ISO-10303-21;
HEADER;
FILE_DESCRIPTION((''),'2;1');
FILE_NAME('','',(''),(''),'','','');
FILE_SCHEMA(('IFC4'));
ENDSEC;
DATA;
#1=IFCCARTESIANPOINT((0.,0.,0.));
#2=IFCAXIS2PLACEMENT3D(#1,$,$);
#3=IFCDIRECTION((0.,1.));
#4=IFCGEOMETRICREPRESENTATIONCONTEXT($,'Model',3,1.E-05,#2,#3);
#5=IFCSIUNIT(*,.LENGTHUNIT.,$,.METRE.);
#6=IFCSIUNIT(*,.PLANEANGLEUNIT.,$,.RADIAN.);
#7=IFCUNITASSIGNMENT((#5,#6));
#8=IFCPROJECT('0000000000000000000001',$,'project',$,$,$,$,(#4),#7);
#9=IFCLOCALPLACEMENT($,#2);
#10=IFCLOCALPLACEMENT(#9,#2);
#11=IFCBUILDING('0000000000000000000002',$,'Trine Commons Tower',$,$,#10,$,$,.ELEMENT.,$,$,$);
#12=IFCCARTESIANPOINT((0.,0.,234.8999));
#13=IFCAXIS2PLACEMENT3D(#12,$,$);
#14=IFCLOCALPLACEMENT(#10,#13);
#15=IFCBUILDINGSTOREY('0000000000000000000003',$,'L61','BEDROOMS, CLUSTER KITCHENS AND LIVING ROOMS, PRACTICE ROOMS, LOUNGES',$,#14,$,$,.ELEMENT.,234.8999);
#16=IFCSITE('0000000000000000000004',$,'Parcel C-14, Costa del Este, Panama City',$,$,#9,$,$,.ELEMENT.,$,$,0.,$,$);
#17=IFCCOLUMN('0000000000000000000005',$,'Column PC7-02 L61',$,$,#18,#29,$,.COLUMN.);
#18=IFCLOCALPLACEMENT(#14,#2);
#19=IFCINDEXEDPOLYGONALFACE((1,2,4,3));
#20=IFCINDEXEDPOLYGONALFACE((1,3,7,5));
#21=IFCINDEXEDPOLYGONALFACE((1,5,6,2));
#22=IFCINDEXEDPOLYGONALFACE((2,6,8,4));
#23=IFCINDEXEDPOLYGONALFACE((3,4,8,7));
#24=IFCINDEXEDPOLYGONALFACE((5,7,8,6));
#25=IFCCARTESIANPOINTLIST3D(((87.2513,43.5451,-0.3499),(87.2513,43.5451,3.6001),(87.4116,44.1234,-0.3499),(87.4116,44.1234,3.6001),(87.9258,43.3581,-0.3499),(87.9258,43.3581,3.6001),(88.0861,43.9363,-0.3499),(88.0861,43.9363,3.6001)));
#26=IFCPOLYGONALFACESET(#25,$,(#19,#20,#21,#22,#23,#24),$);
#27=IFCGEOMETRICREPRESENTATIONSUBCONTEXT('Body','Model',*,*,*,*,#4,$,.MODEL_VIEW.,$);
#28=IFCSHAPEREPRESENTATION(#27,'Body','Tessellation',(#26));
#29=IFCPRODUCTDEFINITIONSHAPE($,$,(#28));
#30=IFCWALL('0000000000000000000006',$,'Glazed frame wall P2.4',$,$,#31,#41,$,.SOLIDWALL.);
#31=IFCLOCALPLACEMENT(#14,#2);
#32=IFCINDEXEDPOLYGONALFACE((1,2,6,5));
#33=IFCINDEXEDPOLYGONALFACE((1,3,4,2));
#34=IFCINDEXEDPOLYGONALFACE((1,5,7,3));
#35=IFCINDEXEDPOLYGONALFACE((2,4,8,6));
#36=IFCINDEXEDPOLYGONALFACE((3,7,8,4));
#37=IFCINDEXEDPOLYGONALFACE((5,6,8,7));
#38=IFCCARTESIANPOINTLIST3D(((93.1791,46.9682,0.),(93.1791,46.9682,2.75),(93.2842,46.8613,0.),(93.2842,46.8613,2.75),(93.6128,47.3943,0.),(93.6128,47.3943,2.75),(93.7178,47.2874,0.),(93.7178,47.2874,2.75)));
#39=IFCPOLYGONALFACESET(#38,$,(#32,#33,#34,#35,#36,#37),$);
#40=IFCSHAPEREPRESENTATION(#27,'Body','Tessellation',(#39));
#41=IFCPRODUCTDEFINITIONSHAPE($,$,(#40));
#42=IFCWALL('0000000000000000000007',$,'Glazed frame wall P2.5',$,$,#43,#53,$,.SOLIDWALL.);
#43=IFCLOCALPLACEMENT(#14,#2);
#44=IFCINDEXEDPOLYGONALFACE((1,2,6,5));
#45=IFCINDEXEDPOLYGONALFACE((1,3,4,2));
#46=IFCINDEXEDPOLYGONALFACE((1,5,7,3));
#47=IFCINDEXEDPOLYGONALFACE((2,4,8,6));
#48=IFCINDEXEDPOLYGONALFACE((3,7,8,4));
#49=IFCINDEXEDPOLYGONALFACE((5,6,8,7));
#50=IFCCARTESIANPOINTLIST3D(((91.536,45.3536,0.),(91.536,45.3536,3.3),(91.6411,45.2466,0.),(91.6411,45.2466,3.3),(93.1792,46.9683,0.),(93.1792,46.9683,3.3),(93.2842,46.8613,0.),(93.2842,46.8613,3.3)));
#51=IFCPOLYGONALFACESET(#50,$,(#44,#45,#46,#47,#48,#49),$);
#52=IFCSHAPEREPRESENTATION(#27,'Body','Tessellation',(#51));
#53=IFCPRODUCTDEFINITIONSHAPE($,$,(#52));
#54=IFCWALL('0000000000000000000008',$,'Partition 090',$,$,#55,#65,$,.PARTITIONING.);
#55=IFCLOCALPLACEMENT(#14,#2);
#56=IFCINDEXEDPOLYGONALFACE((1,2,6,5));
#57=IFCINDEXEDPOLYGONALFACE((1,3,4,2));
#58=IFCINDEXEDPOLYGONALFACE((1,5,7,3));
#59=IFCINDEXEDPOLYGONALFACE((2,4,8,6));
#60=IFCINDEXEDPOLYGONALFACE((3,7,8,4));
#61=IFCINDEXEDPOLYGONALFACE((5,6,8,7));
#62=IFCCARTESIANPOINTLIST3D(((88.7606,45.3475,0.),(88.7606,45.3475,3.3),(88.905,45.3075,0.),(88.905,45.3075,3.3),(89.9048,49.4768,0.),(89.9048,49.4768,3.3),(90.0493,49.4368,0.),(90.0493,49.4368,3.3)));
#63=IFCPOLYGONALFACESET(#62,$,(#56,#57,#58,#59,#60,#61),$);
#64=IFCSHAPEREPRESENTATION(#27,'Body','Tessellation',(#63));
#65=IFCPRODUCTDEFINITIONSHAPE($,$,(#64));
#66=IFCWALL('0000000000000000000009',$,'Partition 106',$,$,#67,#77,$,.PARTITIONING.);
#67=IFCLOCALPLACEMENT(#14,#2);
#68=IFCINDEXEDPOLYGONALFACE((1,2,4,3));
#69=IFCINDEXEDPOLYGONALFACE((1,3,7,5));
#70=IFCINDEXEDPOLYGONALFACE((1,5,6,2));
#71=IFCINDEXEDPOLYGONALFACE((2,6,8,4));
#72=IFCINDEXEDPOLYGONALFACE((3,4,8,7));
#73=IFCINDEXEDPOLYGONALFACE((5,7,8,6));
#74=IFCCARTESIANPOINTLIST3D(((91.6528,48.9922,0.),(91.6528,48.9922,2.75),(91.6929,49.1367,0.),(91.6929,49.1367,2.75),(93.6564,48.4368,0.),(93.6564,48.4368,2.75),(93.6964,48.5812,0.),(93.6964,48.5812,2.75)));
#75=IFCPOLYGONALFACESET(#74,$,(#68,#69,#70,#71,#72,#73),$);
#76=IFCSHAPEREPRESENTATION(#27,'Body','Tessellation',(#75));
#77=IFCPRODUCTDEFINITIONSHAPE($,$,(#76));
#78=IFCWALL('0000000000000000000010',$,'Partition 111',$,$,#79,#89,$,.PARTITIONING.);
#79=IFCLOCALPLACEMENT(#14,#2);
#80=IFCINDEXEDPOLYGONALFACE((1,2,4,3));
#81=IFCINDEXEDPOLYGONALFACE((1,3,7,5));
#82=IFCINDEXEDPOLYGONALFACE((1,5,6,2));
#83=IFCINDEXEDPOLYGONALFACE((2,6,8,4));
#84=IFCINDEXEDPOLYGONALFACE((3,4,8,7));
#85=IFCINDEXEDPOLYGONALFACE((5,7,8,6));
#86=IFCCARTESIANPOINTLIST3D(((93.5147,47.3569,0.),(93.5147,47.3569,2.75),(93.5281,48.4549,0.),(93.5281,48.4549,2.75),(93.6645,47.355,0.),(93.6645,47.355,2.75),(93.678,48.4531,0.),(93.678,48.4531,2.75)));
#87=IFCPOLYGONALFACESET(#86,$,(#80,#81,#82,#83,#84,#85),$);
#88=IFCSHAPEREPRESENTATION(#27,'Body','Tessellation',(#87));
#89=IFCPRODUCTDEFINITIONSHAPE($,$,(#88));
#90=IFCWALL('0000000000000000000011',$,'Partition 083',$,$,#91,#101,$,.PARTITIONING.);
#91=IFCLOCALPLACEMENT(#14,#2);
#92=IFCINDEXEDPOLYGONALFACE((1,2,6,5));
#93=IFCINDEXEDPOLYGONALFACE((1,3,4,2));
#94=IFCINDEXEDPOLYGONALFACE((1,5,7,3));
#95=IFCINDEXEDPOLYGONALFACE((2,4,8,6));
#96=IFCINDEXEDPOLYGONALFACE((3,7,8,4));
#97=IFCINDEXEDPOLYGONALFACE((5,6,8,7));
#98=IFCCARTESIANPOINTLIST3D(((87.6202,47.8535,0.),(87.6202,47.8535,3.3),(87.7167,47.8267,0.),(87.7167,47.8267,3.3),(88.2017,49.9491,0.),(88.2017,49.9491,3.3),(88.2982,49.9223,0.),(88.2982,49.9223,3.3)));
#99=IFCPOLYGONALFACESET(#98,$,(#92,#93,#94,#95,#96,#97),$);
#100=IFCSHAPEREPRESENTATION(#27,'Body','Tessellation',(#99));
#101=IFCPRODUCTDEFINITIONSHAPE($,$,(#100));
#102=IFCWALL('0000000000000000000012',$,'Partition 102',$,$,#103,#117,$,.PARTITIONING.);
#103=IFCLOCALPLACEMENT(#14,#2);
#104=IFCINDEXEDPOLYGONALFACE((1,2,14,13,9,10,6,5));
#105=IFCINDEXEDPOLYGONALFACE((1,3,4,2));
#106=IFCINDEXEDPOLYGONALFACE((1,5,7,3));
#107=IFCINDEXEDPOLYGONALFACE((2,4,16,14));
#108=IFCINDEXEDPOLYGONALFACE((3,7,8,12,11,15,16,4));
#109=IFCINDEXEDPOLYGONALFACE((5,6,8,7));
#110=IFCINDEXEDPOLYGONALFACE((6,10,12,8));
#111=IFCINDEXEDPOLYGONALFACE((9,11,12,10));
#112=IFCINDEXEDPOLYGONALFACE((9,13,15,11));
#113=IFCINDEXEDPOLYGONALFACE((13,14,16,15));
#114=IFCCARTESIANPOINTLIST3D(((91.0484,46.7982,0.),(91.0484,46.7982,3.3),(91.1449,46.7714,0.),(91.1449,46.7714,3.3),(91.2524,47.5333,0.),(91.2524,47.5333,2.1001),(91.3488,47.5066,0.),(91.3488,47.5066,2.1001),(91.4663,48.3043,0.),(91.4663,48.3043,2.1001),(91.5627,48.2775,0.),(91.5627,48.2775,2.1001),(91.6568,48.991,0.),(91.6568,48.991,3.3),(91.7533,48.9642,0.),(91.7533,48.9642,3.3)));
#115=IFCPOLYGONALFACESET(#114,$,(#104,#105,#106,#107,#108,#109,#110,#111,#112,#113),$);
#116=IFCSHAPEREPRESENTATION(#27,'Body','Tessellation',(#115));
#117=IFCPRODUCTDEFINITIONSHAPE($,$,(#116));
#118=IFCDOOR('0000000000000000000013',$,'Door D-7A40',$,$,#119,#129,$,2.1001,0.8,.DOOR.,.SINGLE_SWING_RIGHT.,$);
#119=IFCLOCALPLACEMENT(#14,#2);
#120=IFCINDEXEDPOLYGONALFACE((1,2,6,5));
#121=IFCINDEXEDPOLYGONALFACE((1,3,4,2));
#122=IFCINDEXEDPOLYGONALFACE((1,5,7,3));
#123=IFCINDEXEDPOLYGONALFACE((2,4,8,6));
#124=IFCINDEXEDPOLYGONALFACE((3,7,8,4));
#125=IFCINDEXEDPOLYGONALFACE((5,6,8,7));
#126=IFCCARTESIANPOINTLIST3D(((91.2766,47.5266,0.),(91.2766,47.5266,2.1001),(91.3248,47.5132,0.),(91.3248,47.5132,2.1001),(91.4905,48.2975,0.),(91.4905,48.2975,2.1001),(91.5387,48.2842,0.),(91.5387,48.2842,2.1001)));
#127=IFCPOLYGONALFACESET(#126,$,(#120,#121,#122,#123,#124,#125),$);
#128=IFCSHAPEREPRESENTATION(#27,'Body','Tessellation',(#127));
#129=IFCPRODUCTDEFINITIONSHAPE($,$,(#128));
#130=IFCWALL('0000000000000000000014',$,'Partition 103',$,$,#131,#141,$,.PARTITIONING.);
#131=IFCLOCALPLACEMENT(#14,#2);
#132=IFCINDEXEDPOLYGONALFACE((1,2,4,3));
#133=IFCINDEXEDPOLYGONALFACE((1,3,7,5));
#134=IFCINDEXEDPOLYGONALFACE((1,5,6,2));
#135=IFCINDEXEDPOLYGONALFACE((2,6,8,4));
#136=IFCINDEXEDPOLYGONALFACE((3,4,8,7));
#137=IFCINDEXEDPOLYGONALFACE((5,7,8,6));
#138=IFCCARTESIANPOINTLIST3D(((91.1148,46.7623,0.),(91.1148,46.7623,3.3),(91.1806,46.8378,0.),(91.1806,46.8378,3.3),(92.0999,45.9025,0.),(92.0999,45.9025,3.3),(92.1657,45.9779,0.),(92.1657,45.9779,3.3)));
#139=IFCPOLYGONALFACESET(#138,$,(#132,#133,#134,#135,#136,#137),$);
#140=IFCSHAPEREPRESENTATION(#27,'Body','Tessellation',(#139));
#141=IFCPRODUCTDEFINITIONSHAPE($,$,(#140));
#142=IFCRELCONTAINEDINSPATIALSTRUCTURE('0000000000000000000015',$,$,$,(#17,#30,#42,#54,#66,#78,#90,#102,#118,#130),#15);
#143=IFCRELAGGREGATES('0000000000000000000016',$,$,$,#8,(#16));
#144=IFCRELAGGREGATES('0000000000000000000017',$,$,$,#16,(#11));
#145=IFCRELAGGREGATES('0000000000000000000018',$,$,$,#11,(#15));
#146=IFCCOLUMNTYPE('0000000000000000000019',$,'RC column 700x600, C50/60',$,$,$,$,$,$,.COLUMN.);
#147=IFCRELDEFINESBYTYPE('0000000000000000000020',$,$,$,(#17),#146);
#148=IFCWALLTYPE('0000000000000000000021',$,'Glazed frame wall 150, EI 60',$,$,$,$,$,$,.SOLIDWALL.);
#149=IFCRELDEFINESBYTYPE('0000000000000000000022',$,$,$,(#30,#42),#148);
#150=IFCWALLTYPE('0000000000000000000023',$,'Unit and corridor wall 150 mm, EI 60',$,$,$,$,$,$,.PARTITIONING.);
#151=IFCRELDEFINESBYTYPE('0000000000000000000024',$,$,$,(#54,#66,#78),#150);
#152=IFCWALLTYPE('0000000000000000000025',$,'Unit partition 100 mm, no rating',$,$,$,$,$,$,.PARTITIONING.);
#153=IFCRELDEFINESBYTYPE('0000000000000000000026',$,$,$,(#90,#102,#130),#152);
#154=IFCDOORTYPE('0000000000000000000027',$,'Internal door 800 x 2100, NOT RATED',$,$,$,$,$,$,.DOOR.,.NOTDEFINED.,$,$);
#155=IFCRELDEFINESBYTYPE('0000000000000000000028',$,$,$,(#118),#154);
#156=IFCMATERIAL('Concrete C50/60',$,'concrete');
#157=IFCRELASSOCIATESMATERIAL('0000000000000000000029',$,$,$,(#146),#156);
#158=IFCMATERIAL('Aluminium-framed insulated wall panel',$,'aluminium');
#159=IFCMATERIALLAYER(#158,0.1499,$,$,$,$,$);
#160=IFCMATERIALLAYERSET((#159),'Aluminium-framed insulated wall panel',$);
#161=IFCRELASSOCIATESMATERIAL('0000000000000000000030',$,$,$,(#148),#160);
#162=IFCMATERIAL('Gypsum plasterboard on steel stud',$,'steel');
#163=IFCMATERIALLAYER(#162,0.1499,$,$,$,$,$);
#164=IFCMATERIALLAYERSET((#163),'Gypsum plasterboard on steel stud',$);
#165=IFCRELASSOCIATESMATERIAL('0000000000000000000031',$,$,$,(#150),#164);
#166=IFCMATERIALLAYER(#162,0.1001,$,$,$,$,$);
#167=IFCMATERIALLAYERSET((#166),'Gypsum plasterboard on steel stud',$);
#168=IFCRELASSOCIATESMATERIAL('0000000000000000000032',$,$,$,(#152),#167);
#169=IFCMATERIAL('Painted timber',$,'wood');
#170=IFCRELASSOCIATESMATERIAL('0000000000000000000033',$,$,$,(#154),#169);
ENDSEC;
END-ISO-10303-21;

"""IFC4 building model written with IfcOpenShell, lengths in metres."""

from ifc_helpers import new_model, si_unit, direction, frame, frame_2d, origin, origin_2d, place, context, subcontext, project, spatial, polyline, rectangle, outline, extrude, material, layer, layer_set, material_profile, profile_set, type_object, element, fill, save


model = new_model("IFC4")

# Units and contexts
model_context = context("Model", 3, precision=1e-05, world=origin(), true_north=direction((0.0, 1.0)))
body_context = subcontext(model_context, "Body", "Model", "MODEL_VIEW")
ifc_project = project(units=[si_unit("LENGTHUNIT", "METRE"), si_unit("PLANEANGLEUNIT", "RADIAN")], contexts=[model_context])

# Site, building, storey
site_placement = place(None, origin())
site = spatial("IfcSite", under=ifc_project, at=site_placement, Name="Parcel C-14, Costa del Este, Panama City", CompositionType="ELEMENT", RefElevation=0.0)
building_placement = place(site_placement, origin())
building = spatial("IfcBuilding", under=site, at=building_placement, Name="Trine Commons Tower", CompositionType="ELEMENT")
storey_placement = place(building_placement, frame((0.0, 0.0, 234.8999)))
storey = spatial("IfcBuildingStorey", under=building, at=storey_placement, Name="L61", Description="BEDROOMS, CLUSTER KITCHENS AND LIVING ROOMS, PRACTICE ROOMS, LOUNGES", CompositionType="ELEMENT", Elevation=234.8999)

# Column
ifc_material_1 = material(Name="Concrete C50/60", Category="concrete")
ifc_material_profile = material_profile(ifc_material_1, rectangle(XDim=0.7, YDim=0.6001, at=origin_2d()), Name="RC 700x600")
ifc_profile_set = profile_set([ifc_material_profile], Name="Concrete C50/60")
column_type = type_object("IfcColumnType", Name="RC column 700x600, C50/60", PredefinedType="COLUMN", material=ifc_profile_set)
column_placement = place(storey_placement, frame((87.6687, 43.7407, -0.3499), z_axis=(0.0, 0.0, 1.0), x_axis=(-0.96363, 0.267238, 0.0)))
element("IfcColumn", 1, at=column_placement, inside=storey, type_object=column_type, Name="Column PC7-02 L61", PredefinedType="COLUMN", context=body_context, shape_type="SweptSolid", body=[
    extrude(rectangle(XDim=0.7, YDim=0.6001, at=origin_2d()), origin(), (0.0, 0.0, 1.0), 3.95),
])

# Walls
ifc_material_2 = material(Name="Aluminium-framed insulated wall panel", Category="aluminium")
ifc_layer_1 = layer(ifc_material_2, 0.1499)
ifc_layer_set_1 = layer_set([ifc_layer_1], Name="Aluminium-framed insulated wall panel")
wall_type_1 = type_object("IfcWallType", Name="Glazed frame wall 150, EI 60", PredefinedType="SOLIDWALL", material=ifc_layer_set_1)
wall_1_placement = place(storey_placement, frame((93.6653, 47.3408, 0.0), z_axis=(0.0, 0.0, 1.0), x_axis=(-0.713305, -0.700854, 0.0)))
element("IfcWall", 2, at=wall_1_placement, inside=storey, type_object=wall_type_1, Name="Glazed frame wall P2.4", PredefinedType="SOLIDWALL", context=body_context, shape_type="SweptSolid", body=[
    extrude(outline(polyline([(0.0, -0.075), (0.6079, -0.075), (0.6079, 0.075), (0.0, 0.075), (0.0, -0.075)])), origin(), (0.0, 0.0, 1.0), 2.75),
])
wall_2_placement = place(storey_placement, frame((93.2317, 46.9148, 0.0), z_axis=(0.0, 0.0, 1.0), x_axis=(-0.713249, -0.70091, 0.0)))
element("IfcWall", 3, at=wall_2_placement, inside=storey, type_object=wall_type_1, Name="Glazed frame wall P2.5", PredefinedType="SOLIDWALL", context=body_context, shape_type="SweptSolid", body=[
    extrude(outline(polyline([(2.3037, 0.075), (0.0, 0.075), (0.0, -0.075), (2.3037, -0.075), (2.3037, 0.075)])), origin(), (0.0, 0.0, 1.0), 3.3),
])

# Walls
ifc_material_3 = material(Name="Gypsum plasterboard on steel stud", Category="steel")
ifc_layer_2 = layer(ifc_material_3, 0.1499)
ifc_layer_set_2 = layer_set([ifc_layer_2], Name="Gypsum plasterboard on steel stud")
wall_type_2 = type_object("IfcWallType", Name="Unit and corridor wall 150 mm, EI 60", PredefinedType="PARTITIONING", material=ifc_layer_set_2)
wall_3_placement = place(storey_placement, frame((88.8328, 45.3274, 0.0), z_axis=(0.0, 0.0, 1.0), x_axis=(0.267044, 0.963684, 0.0)))
element("IfcWall", 4, at=wall_3_placement, inside=storey, type_object=wall_type_2, Name="Partition 090", PredefinedType="PARTITIONING", context=body_context, shape_type="SweptSolid", body=[
    extrude(rectangle(XDim=4.2849, YDim=0.1499, at=frame_2d((2.1426, 0.0))), origin(), (0.0, 0.0, 1.0), 3.3),
])
wall_4_placement = place(storey_placement, frame((91.6729, 49.0645, 0.0), z_axis=(0.0, 0.0, 1.0), x_axis=(0.963652, -0.267159, 0.0)))
element("IfcWall", 5, at=wall_4_placement, inside=storey, type_object=wall_type_2, Name="Partition 106", PredefinedType="PARTITIONING", context=body_context, shape_type="SweptSolid", body=[
    extrude(rectangle(XDim=2.0791, YDim=0.1499, at=frame_2d((1.0396, 0.0))), origin(), (0.0, 0.0, 1.0), 2.75),
])
wall_5_placement = place(storey_placement, frame((93.5896, 47.356, 0.0), z_axis=(0.0, 0.0, 1.0), x_axis=(0.012227, 0.999925, 0.0)))
element("IfcWall", 6, at=wall_5_placement, inside=storey, type_object=wall_type_2, Name="Partition 111", PredefinedType="PARTITIONING", context=body_context, shape_type="SweptSolid", body=[
    extrude(rectangle(XDim=1.0981, YDim=0.1499, at=frame_2d((0.5491, 0.0))), origin(), (0.0, 0.0, 1.0), 2.75),
])
ifc_layer_3 = layer(ifc_material_3, 0.1001)
ifc_layer_set_3 = layer_set([ifc_layer_3], Name="Gypsum plasterboard on steel stud")
wall_type_3 = type_object("IfcWallType", Name="Unit partition 100 mm, no rating", PredefinedType="PARTITIONING", material=ifc_layer_set_3)
wall_6_placement = place(storey_placement, frame((87.6685, 47.8401, 0.0), z_axis=(0.0, 0.0, 1.0), x_axis=(0.267389, 0.963589, 0.0)))
element("IfcWall", 7, at=wall_6_placement, inside=storey, type_object=wall_type_3, Name="Partition 083", PredefinedType="PARTITIONING", context=body_context, shape_type="SweptSolid", body=[
    extrude(rectangle(XDim=2.1748, YDim=0.1001, at=frame_2d((1.0874, 0.0))), origin(), (0.0, 0.0, 1.0), 3.3),
])

# Wall, opening, door
wall_7_placement = place(storey_placement, frame((91.0967, 46.7849, 0.0), z_axis=(0.0, 0.0, 1.0), x_axis=(0.267345, 0.963601, 0.0)))
wall_7 = element("IfcWall", 8, at=wall_7_placement, inside=storey, type_object=wall_type_3, Name="Partition 102", PredefinedType="PARTITIONING", context=body_context, shape_type="SweptSolid", body=[
    extrude(rectangle(XDim=2.2756, YDim=0.1001, at=frame_2d((1.1377, 0.0))), origin(), (0.0, 0.0, 1.0), 3.3),
])
opening_1_placement = place(wall_7_placement, frame((0.7629, 0.0, 0.0)))
opening_1 = element("IfcOpeningElement", 9, at=opening_1_placement, cuts=wall_7, PredefinedType="OPENING", context=body_context, shape_type="SweptSolid", body=[
    extrude(rectangle(XDim=0.8, YDim=2.1001, at=frame_2d((0.3999, 1.05))), frame((0.0, 0.0601, 0.0), z_axis=(0.0, -1.0, 0.0), x_axis=(1.0, 0.0, 0.0)), (0.0, 0.0, 1.0), 0.1201),
])
ifc_material_4 = material(Name="Painted timber", Category="wood")
door_type_1 = type_object("IfcDoorType", Name="Internal door 800 x 2100, NOT RATED", OperationType="NOTDEFINED", PredefinedType="DOOR", material=ifc_material_4)
door_1_placement = place(opening_1_placement, origin())
door_1 = element("IfcDoor", 10, at=door_1_placement, inside=storey, type_object=door_type_1, Name="Door D-7A40", OperationType="SINGLE_SWING_RIGHT", OverallHeight=2.1001, OverallWidth=0.8, PredefinedType="DOOR", context=body_context, shape_type="SweptSolid", body=[
    extrude(rectangle(XDim=0.8, YDim=2.1001, at=frame_2d((0.3999, 1.05))), frame((0.0, 0.0249, 0.0), z_axis=(0.0, -1.0, 0.0), x_axis=(1.0, 0.0, 0.0)), (0.0, 0.0, 1.0), 0.05),
])
fill(opening_1, door_1)

# Wall
wall_8_placement = place(storey_placement, frame((91.1477, 46.8, 0.0), z_axis=(0.0, 0.0, 1.0), x_axis=(0.753374, -0.657592, 0.0)))
element("IfcWall", 11, at=wall_8_placement, inside=storey, type_object=wall_type_3, Name="Partition 103", PredefinedType="PARTITIONING", context=body_context, shape_type="SweptSolid", body=[
    extrude(rectangle(XDim=1.3076, YDim=0.1001, at=frame_2d((0.6538, 0.0))), origin(), (0.0, 0.0, 1.0), 3.3),
])

save(model, "model.ifc")
